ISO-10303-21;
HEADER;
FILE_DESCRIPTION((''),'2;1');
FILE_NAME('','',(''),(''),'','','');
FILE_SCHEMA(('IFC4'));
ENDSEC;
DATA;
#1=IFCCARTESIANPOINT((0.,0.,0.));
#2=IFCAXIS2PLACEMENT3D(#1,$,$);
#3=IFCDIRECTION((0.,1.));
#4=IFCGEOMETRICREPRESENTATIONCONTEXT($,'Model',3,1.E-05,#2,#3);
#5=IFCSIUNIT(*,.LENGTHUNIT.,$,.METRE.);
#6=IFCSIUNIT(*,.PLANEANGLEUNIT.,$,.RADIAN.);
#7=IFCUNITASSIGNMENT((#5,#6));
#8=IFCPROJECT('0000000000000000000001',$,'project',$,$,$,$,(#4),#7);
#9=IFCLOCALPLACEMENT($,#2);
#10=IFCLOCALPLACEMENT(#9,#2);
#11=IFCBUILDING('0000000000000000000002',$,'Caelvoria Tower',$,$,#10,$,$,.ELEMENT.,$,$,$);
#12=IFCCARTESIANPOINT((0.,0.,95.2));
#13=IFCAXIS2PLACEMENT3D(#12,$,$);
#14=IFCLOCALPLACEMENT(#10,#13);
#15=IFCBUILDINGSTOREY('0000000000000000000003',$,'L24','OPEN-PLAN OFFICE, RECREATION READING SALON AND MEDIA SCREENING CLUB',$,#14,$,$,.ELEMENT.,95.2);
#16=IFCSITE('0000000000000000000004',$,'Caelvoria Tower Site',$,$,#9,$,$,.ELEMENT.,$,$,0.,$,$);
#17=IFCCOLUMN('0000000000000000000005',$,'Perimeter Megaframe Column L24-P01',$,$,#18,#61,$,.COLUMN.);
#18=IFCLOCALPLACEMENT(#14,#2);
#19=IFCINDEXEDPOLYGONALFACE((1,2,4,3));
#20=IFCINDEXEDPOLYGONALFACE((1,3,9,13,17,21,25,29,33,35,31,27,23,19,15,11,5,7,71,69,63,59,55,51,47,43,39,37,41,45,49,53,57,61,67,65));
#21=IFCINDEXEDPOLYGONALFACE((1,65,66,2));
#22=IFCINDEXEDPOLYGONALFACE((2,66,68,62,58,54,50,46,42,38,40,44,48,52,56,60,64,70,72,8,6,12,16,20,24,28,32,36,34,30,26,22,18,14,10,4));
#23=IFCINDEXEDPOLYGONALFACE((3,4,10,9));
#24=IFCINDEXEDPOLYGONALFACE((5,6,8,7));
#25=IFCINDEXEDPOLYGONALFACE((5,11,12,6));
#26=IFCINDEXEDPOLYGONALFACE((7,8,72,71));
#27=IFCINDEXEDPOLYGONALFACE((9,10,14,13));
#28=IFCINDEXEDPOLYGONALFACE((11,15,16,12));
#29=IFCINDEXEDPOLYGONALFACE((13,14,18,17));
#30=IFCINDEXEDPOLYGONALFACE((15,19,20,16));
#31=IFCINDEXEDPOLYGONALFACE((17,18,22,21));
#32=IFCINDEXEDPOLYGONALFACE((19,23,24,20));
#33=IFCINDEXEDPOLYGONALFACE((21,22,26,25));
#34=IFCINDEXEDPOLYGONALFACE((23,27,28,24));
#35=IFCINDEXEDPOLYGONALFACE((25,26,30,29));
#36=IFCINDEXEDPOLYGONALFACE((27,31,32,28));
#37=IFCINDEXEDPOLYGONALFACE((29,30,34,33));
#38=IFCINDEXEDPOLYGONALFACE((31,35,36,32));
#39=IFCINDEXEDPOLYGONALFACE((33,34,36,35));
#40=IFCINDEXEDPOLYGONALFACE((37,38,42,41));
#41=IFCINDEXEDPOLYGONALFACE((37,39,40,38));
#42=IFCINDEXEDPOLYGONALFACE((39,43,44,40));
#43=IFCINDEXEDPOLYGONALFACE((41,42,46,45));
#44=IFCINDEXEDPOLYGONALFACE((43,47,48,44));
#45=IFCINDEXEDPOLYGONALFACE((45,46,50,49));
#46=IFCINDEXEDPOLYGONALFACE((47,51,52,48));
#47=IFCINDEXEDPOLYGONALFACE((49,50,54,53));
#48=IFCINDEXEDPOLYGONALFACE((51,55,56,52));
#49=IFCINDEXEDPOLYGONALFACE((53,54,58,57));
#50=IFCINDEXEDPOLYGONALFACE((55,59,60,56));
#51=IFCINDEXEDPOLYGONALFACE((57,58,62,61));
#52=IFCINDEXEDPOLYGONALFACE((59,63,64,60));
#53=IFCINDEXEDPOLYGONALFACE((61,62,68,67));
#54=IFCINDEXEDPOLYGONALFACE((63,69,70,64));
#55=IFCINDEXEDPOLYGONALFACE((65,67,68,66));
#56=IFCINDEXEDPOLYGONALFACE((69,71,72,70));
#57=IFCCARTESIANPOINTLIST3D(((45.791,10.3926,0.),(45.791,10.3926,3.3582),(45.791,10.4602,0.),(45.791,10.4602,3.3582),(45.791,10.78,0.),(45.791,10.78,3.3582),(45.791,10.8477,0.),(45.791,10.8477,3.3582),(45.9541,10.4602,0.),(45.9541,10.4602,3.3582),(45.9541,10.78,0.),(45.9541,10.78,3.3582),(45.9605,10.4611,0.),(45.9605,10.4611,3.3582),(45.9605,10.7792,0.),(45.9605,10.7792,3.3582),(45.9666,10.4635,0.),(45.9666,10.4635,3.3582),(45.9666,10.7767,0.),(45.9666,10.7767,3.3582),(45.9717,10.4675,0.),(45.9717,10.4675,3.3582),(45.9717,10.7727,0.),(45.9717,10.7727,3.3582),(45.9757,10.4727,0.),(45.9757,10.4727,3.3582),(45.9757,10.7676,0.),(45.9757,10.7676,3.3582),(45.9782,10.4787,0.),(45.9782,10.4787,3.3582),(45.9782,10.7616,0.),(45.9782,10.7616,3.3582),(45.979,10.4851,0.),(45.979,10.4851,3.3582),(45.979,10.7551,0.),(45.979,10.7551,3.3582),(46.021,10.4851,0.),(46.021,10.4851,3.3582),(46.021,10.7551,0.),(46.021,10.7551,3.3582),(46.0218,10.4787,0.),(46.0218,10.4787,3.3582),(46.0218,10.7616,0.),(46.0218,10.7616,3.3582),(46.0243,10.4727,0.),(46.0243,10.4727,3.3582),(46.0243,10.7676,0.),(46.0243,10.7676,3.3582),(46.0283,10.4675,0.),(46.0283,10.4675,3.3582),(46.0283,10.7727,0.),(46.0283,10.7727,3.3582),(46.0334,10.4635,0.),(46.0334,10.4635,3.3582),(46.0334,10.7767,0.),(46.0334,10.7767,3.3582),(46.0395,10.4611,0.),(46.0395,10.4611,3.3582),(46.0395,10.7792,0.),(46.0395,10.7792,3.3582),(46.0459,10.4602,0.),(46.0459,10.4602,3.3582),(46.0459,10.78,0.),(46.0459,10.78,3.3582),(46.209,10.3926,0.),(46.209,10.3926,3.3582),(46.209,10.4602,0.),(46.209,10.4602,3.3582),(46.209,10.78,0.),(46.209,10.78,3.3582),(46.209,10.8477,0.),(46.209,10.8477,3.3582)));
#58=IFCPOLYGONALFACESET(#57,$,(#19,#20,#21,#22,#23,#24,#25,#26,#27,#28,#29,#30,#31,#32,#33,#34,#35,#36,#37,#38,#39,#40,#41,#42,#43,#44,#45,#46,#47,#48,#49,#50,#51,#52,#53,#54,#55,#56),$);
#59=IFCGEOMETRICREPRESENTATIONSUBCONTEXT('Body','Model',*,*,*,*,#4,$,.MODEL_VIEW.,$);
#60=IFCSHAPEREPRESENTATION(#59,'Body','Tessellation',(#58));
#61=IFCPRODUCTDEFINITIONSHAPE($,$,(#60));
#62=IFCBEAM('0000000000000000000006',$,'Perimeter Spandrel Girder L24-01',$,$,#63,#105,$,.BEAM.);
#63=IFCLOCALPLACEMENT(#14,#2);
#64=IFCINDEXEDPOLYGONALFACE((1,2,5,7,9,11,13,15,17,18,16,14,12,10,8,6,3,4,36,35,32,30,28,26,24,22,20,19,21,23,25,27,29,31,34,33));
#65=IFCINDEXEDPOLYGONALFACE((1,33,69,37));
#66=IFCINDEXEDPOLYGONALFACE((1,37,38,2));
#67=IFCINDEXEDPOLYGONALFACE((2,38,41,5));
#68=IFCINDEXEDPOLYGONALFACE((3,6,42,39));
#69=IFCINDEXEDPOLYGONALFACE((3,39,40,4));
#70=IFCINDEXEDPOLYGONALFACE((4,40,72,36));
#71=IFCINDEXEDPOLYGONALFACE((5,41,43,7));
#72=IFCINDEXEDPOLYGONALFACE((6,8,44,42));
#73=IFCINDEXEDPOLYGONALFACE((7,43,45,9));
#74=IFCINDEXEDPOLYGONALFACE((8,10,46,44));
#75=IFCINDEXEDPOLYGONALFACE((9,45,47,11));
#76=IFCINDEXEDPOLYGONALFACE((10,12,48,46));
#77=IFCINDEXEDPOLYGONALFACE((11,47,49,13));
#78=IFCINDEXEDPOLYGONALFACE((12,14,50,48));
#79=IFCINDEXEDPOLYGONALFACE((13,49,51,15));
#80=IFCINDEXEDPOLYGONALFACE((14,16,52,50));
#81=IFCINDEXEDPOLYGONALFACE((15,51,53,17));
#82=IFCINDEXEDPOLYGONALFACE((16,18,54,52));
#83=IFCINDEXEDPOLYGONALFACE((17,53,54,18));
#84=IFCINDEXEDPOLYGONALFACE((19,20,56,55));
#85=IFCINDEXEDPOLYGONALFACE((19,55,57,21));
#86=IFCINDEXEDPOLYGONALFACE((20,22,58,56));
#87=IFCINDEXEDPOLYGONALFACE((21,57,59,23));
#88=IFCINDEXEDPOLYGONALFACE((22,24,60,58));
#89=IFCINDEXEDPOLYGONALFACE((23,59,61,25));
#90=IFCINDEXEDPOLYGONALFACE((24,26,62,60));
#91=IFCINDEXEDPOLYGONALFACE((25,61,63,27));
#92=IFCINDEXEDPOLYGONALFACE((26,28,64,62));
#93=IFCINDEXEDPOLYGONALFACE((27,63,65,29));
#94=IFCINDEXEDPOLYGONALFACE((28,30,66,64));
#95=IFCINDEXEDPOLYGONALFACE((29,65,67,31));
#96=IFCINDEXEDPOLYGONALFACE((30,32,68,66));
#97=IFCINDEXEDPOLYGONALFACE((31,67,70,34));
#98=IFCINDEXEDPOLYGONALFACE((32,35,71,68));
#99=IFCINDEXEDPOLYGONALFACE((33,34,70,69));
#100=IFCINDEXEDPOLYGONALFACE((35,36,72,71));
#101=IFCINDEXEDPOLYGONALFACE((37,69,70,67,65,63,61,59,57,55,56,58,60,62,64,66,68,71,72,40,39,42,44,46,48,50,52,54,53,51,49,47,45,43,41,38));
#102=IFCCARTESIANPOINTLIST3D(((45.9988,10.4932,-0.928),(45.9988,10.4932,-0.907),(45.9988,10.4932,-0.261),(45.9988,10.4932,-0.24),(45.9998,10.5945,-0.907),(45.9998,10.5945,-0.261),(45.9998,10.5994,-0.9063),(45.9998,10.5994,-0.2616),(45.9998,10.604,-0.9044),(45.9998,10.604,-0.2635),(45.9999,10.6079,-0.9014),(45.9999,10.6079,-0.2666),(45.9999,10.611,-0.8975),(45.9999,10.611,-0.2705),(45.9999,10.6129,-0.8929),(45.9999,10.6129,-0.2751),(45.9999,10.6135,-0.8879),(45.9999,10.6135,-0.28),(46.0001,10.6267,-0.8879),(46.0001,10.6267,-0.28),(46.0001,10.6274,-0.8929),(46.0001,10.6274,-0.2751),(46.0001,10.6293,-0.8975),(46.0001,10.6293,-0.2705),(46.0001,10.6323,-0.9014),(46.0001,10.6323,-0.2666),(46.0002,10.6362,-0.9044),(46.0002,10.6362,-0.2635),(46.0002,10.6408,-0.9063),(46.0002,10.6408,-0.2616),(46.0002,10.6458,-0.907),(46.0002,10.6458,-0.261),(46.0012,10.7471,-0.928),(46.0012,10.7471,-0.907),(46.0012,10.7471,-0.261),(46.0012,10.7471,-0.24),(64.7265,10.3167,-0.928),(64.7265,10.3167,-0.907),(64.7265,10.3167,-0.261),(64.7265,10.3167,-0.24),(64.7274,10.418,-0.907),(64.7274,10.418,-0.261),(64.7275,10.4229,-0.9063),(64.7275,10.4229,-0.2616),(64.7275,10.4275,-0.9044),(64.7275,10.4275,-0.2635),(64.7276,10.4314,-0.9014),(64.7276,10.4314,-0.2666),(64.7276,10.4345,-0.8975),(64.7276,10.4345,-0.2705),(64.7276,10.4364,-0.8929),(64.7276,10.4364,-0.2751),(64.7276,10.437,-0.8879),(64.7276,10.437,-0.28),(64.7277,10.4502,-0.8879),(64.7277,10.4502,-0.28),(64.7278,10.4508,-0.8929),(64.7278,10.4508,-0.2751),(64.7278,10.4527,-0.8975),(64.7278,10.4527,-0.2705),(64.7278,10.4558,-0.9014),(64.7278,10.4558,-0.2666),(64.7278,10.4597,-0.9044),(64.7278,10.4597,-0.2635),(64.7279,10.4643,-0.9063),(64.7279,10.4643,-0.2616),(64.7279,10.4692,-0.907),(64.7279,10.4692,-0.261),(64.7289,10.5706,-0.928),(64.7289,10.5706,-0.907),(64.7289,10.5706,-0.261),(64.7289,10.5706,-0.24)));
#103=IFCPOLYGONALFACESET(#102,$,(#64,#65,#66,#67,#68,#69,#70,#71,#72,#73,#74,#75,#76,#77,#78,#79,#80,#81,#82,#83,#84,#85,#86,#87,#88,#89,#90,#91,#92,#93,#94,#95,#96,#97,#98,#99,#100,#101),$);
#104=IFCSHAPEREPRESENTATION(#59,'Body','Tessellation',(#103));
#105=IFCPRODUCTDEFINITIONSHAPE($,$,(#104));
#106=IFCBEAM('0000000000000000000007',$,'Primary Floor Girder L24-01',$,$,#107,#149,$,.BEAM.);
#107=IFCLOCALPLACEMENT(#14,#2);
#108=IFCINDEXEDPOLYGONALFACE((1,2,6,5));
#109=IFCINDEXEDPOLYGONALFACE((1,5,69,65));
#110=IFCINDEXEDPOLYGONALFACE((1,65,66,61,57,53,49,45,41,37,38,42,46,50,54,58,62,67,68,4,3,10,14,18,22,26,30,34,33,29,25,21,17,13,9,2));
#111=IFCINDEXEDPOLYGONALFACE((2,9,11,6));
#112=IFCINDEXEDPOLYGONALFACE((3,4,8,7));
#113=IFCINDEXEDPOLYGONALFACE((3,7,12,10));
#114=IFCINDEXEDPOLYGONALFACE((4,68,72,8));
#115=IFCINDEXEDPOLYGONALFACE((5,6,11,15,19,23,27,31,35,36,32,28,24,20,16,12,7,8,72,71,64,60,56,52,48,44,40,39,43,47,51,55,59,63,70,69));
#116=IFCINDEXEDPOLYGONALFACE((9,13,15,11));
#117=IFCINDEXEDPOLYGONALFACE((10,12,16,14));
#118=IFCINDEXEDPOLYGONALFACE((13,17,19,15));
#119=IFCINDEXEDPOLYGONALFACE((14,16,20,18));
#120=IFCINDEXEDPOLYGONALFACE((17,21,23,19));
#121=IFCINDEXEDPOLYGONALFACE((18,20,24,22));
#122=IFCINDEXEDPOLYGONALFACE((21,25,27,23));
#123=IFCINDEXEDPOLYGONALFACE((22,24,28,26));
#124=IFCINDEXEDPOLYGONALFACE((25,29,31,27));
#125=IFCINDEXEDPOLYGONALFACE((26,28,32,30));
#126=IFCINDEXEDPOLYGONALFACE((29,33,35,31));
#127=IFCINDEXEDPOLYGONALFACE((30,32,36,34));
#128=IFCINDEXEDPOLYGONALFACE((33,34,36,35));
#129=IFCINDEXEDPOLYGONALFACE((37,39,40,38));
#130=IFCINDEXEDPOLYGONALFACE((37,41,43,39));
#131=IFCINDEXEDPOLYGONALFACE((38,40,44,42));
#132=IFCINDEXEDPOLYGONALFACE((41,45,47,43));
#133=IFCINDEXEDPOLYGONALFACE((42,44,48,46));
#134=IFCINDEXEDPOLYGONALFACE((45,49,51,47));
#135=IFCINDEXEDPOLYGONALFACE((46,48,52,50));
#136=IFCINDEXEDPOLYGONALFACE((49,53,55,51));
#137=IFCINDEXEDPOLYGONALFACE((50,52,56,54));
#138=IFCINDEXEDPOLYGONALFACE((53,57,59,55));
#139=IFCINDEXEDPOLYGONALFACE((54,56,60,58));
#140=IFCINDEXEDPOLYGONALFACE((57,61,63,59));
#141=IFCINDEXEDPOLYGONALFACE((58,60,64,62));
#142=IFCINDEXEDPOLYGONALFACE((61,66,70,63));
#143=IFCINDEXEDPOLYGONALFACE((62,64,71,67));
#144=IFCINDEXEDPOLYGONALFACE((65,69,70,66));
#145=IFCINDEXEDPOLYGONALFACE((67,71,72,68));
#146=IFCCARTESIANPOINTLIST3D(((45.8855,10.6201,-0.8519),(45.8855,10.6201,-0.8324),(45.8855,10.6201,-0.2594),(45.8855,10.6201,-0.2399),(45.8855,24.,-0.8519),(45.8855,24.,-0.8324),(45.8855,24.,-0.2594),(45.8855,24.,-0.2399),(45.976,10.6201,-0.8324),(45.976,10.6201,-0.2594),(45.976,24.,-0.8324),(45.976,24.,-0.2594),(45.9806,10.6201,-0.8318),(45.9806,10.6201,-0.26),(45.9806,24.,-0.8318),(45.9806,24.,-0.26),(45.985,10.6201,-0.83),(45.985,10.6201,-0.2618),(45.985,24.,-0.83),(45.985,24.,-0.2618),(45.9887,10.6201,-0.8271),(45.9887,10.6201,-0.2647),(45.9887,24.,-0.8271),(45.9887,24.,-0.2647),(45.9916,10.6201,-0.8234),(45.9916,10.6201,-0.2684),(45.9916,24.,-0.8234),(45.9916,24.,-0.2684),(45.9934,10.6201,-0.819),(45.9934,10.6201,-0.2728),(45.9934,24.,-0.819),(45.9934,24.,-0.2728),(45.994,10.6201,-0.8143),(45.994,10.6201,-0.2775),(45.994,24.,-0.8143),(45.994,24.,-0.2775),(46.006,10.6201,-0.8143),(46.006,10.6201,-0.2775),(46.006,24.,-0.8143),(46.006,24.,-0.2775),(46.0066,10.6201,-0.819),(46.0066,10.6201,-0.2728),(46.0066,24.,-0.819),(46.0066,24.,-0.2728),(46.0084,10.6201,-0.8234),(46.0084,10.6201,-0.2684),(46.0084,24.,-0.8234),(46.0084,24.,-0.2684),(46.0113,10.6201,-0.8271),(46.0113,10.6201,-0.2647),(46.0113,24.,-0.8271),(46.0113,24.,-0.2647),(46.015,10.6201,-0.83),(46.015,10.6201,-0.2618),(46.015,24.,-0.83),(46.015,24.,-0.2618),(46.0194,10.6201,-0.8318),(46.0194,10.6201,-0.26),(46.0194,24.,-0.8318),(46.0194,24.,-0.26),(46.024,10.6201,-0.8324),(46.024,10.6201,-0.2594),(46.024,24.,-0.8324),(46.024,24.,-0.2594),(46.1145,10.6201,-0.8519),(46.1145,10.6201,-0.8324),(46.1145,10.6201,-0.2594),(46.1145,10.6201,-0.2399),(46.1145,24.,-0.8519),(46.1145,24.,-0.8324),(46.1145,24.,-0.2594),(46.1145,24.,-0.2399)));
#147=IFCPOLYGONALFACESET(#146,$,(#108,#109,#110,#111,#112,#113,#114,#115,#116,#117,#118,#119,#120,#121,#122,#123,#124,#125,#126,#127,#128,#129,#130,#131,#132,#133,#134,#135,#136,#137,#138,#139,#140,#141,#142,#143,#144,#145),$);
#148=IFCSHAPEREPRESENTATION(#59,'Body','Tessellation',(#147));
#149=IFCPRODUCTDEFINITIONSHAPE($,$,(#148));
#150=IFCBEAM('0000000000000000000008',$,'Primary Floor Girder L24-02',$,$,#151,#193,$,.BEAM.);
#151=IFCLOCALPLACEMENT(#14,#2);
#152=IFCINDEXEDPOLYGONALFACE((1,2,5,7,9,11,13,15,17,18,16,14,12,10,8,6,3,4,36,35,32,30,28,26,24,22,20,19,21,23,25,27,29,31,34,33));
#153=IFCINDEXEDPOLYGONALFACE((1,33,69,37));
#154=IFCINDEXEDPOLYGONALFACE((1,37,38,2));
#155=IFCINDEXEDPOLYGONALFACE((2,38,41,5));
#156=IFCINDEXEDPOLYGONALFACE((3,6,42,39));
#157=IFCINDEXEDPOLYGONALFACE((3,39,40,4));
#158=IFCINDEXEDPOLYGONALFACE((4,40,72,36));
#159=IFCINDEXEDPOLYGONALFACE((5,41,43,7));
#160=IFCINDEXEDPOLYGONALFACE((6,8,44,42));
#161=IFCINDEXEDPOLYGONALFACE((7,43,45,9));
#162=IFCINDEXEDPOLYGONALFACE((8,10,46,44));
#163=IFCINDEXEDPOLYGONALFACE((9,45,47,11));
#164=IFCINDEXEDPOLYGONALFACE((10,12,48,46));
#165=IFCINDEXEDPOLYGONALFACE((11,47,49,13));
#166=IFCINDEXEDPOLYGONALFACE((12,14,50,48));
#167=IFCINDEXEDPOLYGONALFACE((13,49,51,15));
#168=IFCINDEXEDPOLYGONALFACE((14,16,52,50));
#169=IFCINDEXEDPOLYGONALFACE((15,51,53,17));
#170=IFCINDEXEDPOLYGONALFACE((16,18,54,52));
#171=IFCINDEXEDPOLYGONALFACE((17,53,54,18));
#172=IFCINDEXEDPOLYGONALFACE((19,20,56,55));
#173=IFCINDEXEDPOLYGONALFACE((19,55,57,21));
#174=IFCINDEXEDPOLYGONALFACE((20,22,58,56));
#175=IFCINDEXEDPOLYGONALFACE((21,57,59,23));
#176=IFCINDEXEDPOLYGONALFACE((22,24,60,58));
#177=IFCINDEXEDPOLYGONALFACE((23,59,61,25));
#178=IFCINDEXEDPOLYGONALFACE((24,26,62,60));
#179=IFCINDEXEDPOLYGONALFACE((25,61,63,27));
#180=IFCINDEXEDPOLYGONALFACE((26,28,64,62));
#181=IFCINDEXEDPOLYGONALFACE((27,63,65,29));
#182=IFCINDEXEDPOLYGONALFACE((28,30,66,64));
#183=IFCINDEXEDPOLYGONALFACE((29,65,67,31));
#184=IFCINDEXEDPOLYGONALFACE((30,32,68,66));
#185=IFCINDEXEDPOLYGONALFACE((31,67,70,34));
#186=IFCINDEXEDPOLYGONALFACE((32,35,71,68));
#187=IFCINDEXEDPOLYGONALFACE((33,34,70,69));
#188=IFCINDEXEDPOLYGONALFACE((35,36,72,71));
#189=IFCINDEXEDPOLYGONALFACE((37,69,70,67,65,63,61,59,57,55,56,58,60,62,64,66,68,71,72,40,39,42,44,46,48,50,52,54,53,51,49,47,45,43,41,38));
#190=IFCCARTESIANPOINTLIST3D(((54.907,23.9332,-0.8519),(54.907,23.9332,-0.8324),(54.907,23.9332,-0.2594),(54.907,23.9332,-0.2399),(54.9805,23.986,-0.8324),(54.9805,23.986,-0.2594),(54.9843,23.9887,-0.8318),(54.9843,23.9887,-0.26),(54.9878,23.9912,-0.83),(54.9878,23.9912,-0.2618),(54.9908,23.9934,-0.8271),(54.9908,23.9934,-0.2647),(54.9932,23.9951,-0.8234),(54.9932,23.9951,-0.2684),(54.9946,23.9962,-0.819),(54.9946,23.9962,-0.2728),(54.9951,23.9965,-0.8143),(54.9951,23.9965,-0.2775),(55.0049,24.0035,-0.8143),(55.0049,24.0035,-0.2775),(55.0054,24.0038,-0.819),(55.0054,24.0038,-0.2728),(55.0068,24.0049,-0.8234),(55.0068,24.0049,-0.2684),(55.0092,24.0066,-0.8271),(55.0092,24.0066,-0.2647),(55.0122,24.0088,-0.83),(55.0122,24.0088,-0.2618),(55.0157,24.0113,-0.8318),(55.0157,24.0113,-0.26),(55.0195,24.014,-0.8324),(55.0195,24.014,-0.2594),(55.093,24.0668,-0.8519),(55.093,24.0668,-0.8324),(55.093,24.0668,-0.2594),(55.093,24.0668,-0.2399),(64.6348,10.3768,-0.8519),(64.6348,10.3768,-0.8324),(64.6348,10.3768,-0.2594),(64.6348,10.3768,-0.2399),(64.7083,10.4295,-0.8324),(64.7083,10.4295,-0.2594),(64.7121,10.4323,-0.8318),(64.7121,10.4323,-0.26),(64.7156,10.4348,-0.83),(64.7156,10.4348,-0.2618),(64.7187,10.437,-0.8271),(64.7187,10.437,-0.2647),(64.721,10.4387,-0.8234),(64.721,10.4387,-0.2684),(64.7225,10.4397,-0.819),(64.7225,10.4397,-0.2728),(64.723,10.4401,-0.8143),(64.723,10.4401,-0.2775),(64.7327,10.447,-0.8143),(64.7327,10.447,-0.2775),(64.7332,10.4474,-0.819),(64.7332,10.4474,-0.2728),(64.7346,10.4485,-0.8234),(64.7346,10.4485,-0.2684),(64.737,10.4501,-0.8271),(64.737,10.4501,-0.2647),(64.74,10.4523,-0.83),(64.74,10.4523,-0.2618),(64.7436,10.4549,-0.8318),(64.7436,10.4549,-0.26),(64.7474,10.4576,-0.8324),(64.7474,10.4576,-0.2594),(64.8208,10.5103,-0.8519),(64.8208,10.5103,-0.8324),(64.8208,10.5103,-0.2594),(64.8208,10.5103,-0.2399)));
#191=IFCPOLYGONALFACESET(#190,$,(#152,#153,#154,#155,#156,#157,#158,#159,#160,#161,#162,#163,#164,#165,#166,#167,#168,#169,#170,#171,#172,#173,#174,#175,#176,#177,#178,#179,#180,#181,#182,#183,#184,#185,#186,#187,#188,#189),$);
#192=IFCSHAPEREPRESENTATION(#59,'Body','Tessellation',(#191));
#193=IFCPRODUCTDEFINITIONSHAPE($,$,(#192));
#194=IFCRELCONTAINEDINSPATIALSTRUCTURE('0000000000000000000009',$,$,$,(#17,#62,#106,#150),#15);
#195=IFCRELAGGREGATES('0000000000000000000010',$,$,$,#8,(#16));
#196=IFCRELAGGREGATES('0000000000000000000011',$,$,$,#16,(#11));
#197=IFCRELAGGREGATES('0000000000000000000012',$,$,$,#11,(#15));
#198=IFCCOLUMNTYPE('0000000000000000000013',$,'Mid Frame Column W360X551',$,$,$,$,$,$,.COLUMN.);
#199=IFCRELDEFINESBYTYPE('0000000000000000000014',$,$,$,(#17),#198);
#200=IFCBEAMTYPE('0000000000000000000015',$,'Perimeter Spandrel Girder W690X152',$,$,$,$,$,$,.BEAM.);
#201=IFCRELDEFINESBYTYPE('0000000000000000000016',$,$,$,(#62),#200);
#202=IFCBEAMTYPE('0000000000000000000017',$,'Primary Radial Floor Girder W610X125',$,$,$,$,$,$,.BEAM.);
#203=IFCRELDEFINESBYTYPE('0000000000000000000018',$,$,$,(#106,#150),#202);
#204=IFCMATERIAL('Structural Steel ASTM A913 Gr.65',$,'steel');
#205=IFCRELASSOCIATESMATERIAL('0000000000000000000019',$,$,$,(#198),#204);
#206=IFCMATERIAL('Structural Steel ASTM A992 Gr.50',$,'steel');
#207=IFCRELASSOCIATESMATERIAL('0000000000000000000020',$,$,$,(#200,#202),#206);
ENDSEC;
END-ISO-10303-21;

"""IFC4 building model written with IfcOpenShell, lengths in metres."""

from ifc_helpers import new_model, si_unit, direction, frame, origin, origin_2d, place, context, subcontext, project, spatial, i_section, extrude, material, material_profile, profile_set, type_object, element, save


model = new_model("IFC4")

# Units and contexts
model_context = context("Model", 3, precision=1e-05, world=origin(), true_north=direction((0.0, 1.0)))
body_context = subcontext(model_context, "Body", "Model", "MODEL_VIEW")
ifc_project = project(units=[si_unit("LENGTHUNIT", "METRE"), si_unit("PLANEANGLEUNIT", "RADIAN")], contexts=[model_context])

# Site, building, storey
site_placement = place(None, origin())
site = spatial("IfcSite", under=ifc_project, at=site_placement, Name="Caelvoria Tower Site", CompositionType="ELEMENT", RefElevation=0.0)
building_placement = place(site_placement, origin())
building = spatial("IfcBuilding", under=site, at=building_placement, Name="Caelvoria Tower", CompositionType="ELEMENT")
storey_placement = place(building_placement, frame((0.0, 0.0, 95.2)))
storey = spatial("IfcBuildingStorey", under=building, at=storey_placement, Name="L24", Description="OPEN-PLAN OFFICE, RECREATION READING SALON AND MEDIA SCREENING CLUB", CompositionType="ELEMENT", Elevation=95.2)

# Column
ifc_material_1 = material(Name="Structural Steel ASTM A913 Gr.65", Category="steel")
ifc_material_profile_1 = material_profile(ifc_material_1, i_section(OverallWidth=0.418, OverallDepth=0.4551, WebThickness=0.042, FlangeThickness=0.0676, FilletRadius=0.0249, at=origin_2d()), Name="Structural Steel ASTM A913 Gr.65")
ifc_profile_set_1 = profile_set([ifc_material_profile_1], Name="W360X551 - Structural Steel ASTM A913 Gr.65")
column_type = type_object("IfcColumnType", Name="Mid Frame Column W360X551", PredefinedType="COLUMN", material=ifc_profile_set_1)
column_placement = place(storey_placement, frame((46.0, 10.6201, 0.0), z_axis=(0.0, 0.0, 1.0), x_axis=(1.0, 0.0, 0.0)))
element("IfcColumn", 1, at=column_placement, inside=storey, type_object=column_type, Name="Perimeter Megaframe Column L24-P01", PredefinedType="COLUMN", context=body_context, shape_type="SweptSolid", body=[
    extrude(i_section(OverallWidth=0.418, OverallDepth=0.4551, WebThickness=0.042, FlangeThickness=0.0676, FilletRadius=0.0249, at=origin_2d()), origin(), (0.0, 0.0, 1.0), 3.3582),
])

# Beams
ifc_material_2 = material(Name="Structural Steel ASTM A992 Gr.50", Category="steel")
ifc_material_profile_2 = material_profile(ifc_material_2, i_section(OverallWidth=0.2539, OverallDepth=0.688, WebThickness=0.0132, FlangeThickness=0.021, FilletRadius=0.019, at=origin_2d()), Name="Structural Steel ASTM A992 Gr.50")
ifc_profile_set_2 = profile_set([ifc_material_profile_2], Name="W690X152 - Structural Steel ASTM A992 Gr.50")
beam_type_1 = type_object("IfcBeamType", Name="Perimeter Spandrel Girder W690X152", PredefinedType="BEAM", material=ifc_profile_set_2)
beam_1_placement = place(storey_placement, frame((46.0, 10.6201, -0.584), z_axis=(0.999956, -0.009425, 0.0), x_axis=(0.009425, 0.999956, 0.0)))
element("IfcBeam", 2, at=beam_1_placement, inside=storey, type_object=beam_type_1, Name="Perimeter Spandrel Girder L24-01", PredefinedType="BEAM", context=body_context, shape_type="SweptSolid", body=[
    extrude(i_section(OverallWidth=0.2539, OverallDepth=0.688, WebThickness=0.0132, FlangeThickness=0.021, FilletRadius=0.019, at=origin_2d()), origin(), (0.0, 0.0, 1.0), 18.7285),
])
ifc_material_profile_3 = material_profile(ifc_material_2, i_section(OverallWidth=0.229, OverallDepth=0.6121, WebThickness=0.012, FlangeThickness=0.0195, FilletRadius=0.0181, at=origin_2d()), Name="Structural Steel ASTM A992 Gr.50")
ifc_profile_set_3 = profile_set([ifc_material_profile_3], Name="W610X125 - Structural Steel ASTM A992 Gr.50")
beam_type_2 = type_object("IfcBeamType", Name="Primary Radial Floor Girder W610X125", PredefinedType="BEAM", material=ifc_profile_set_3)
beam_2_placement = place(storey_placement, frame((46.0, 24.0, -0.5459), z_axis=(0.0, -1.0, 0.0), x_axis=(1.0, 0.0, 0.0)))
element("IfcBeam", 3, at=beam_2_placement, inside=storey, type_object=beam_type_2, Name="Primary Floor Girder L24-01", PredefinedType="BEAM", context=body_context, shape_type="SweptSolid", body=[
    extrude(i_section(OverallWidth=0.229, OverallDepth=0.6121, WebThickness=0.012, FlangeThickness=0.0195, FilletRadius=0.0181, at=origin_2d()), origin(), (0.0, 0.0, 1.0), 13.3799),
])
beam_3_placement = place(storey_placement, frame((55.0, 24.0, -0.5459), z_axis=(0.583008, -0.812466, 0.0), x_axis=(0.812466, 0.583008, 0.0)))
element("IfcBeam", 4, at=beam_3_placement, inside=storey, type_object=beam_type_2, Name="Primary Floor Girder L24-02", PredefinedType="BEAM", context=body_context, shape_type="SweptSolid", body=[
    extrude(i_section(OverallWidth=0.229, OverallDepth=0.6121, WebThickness=0.012, FlangeThickness=0.0195, FilletRadius=0.0181, at=origin_2d()), origin(), (0.0, 0.0, 1.0), 16.6855),
])

save(model, "model.ifc")
